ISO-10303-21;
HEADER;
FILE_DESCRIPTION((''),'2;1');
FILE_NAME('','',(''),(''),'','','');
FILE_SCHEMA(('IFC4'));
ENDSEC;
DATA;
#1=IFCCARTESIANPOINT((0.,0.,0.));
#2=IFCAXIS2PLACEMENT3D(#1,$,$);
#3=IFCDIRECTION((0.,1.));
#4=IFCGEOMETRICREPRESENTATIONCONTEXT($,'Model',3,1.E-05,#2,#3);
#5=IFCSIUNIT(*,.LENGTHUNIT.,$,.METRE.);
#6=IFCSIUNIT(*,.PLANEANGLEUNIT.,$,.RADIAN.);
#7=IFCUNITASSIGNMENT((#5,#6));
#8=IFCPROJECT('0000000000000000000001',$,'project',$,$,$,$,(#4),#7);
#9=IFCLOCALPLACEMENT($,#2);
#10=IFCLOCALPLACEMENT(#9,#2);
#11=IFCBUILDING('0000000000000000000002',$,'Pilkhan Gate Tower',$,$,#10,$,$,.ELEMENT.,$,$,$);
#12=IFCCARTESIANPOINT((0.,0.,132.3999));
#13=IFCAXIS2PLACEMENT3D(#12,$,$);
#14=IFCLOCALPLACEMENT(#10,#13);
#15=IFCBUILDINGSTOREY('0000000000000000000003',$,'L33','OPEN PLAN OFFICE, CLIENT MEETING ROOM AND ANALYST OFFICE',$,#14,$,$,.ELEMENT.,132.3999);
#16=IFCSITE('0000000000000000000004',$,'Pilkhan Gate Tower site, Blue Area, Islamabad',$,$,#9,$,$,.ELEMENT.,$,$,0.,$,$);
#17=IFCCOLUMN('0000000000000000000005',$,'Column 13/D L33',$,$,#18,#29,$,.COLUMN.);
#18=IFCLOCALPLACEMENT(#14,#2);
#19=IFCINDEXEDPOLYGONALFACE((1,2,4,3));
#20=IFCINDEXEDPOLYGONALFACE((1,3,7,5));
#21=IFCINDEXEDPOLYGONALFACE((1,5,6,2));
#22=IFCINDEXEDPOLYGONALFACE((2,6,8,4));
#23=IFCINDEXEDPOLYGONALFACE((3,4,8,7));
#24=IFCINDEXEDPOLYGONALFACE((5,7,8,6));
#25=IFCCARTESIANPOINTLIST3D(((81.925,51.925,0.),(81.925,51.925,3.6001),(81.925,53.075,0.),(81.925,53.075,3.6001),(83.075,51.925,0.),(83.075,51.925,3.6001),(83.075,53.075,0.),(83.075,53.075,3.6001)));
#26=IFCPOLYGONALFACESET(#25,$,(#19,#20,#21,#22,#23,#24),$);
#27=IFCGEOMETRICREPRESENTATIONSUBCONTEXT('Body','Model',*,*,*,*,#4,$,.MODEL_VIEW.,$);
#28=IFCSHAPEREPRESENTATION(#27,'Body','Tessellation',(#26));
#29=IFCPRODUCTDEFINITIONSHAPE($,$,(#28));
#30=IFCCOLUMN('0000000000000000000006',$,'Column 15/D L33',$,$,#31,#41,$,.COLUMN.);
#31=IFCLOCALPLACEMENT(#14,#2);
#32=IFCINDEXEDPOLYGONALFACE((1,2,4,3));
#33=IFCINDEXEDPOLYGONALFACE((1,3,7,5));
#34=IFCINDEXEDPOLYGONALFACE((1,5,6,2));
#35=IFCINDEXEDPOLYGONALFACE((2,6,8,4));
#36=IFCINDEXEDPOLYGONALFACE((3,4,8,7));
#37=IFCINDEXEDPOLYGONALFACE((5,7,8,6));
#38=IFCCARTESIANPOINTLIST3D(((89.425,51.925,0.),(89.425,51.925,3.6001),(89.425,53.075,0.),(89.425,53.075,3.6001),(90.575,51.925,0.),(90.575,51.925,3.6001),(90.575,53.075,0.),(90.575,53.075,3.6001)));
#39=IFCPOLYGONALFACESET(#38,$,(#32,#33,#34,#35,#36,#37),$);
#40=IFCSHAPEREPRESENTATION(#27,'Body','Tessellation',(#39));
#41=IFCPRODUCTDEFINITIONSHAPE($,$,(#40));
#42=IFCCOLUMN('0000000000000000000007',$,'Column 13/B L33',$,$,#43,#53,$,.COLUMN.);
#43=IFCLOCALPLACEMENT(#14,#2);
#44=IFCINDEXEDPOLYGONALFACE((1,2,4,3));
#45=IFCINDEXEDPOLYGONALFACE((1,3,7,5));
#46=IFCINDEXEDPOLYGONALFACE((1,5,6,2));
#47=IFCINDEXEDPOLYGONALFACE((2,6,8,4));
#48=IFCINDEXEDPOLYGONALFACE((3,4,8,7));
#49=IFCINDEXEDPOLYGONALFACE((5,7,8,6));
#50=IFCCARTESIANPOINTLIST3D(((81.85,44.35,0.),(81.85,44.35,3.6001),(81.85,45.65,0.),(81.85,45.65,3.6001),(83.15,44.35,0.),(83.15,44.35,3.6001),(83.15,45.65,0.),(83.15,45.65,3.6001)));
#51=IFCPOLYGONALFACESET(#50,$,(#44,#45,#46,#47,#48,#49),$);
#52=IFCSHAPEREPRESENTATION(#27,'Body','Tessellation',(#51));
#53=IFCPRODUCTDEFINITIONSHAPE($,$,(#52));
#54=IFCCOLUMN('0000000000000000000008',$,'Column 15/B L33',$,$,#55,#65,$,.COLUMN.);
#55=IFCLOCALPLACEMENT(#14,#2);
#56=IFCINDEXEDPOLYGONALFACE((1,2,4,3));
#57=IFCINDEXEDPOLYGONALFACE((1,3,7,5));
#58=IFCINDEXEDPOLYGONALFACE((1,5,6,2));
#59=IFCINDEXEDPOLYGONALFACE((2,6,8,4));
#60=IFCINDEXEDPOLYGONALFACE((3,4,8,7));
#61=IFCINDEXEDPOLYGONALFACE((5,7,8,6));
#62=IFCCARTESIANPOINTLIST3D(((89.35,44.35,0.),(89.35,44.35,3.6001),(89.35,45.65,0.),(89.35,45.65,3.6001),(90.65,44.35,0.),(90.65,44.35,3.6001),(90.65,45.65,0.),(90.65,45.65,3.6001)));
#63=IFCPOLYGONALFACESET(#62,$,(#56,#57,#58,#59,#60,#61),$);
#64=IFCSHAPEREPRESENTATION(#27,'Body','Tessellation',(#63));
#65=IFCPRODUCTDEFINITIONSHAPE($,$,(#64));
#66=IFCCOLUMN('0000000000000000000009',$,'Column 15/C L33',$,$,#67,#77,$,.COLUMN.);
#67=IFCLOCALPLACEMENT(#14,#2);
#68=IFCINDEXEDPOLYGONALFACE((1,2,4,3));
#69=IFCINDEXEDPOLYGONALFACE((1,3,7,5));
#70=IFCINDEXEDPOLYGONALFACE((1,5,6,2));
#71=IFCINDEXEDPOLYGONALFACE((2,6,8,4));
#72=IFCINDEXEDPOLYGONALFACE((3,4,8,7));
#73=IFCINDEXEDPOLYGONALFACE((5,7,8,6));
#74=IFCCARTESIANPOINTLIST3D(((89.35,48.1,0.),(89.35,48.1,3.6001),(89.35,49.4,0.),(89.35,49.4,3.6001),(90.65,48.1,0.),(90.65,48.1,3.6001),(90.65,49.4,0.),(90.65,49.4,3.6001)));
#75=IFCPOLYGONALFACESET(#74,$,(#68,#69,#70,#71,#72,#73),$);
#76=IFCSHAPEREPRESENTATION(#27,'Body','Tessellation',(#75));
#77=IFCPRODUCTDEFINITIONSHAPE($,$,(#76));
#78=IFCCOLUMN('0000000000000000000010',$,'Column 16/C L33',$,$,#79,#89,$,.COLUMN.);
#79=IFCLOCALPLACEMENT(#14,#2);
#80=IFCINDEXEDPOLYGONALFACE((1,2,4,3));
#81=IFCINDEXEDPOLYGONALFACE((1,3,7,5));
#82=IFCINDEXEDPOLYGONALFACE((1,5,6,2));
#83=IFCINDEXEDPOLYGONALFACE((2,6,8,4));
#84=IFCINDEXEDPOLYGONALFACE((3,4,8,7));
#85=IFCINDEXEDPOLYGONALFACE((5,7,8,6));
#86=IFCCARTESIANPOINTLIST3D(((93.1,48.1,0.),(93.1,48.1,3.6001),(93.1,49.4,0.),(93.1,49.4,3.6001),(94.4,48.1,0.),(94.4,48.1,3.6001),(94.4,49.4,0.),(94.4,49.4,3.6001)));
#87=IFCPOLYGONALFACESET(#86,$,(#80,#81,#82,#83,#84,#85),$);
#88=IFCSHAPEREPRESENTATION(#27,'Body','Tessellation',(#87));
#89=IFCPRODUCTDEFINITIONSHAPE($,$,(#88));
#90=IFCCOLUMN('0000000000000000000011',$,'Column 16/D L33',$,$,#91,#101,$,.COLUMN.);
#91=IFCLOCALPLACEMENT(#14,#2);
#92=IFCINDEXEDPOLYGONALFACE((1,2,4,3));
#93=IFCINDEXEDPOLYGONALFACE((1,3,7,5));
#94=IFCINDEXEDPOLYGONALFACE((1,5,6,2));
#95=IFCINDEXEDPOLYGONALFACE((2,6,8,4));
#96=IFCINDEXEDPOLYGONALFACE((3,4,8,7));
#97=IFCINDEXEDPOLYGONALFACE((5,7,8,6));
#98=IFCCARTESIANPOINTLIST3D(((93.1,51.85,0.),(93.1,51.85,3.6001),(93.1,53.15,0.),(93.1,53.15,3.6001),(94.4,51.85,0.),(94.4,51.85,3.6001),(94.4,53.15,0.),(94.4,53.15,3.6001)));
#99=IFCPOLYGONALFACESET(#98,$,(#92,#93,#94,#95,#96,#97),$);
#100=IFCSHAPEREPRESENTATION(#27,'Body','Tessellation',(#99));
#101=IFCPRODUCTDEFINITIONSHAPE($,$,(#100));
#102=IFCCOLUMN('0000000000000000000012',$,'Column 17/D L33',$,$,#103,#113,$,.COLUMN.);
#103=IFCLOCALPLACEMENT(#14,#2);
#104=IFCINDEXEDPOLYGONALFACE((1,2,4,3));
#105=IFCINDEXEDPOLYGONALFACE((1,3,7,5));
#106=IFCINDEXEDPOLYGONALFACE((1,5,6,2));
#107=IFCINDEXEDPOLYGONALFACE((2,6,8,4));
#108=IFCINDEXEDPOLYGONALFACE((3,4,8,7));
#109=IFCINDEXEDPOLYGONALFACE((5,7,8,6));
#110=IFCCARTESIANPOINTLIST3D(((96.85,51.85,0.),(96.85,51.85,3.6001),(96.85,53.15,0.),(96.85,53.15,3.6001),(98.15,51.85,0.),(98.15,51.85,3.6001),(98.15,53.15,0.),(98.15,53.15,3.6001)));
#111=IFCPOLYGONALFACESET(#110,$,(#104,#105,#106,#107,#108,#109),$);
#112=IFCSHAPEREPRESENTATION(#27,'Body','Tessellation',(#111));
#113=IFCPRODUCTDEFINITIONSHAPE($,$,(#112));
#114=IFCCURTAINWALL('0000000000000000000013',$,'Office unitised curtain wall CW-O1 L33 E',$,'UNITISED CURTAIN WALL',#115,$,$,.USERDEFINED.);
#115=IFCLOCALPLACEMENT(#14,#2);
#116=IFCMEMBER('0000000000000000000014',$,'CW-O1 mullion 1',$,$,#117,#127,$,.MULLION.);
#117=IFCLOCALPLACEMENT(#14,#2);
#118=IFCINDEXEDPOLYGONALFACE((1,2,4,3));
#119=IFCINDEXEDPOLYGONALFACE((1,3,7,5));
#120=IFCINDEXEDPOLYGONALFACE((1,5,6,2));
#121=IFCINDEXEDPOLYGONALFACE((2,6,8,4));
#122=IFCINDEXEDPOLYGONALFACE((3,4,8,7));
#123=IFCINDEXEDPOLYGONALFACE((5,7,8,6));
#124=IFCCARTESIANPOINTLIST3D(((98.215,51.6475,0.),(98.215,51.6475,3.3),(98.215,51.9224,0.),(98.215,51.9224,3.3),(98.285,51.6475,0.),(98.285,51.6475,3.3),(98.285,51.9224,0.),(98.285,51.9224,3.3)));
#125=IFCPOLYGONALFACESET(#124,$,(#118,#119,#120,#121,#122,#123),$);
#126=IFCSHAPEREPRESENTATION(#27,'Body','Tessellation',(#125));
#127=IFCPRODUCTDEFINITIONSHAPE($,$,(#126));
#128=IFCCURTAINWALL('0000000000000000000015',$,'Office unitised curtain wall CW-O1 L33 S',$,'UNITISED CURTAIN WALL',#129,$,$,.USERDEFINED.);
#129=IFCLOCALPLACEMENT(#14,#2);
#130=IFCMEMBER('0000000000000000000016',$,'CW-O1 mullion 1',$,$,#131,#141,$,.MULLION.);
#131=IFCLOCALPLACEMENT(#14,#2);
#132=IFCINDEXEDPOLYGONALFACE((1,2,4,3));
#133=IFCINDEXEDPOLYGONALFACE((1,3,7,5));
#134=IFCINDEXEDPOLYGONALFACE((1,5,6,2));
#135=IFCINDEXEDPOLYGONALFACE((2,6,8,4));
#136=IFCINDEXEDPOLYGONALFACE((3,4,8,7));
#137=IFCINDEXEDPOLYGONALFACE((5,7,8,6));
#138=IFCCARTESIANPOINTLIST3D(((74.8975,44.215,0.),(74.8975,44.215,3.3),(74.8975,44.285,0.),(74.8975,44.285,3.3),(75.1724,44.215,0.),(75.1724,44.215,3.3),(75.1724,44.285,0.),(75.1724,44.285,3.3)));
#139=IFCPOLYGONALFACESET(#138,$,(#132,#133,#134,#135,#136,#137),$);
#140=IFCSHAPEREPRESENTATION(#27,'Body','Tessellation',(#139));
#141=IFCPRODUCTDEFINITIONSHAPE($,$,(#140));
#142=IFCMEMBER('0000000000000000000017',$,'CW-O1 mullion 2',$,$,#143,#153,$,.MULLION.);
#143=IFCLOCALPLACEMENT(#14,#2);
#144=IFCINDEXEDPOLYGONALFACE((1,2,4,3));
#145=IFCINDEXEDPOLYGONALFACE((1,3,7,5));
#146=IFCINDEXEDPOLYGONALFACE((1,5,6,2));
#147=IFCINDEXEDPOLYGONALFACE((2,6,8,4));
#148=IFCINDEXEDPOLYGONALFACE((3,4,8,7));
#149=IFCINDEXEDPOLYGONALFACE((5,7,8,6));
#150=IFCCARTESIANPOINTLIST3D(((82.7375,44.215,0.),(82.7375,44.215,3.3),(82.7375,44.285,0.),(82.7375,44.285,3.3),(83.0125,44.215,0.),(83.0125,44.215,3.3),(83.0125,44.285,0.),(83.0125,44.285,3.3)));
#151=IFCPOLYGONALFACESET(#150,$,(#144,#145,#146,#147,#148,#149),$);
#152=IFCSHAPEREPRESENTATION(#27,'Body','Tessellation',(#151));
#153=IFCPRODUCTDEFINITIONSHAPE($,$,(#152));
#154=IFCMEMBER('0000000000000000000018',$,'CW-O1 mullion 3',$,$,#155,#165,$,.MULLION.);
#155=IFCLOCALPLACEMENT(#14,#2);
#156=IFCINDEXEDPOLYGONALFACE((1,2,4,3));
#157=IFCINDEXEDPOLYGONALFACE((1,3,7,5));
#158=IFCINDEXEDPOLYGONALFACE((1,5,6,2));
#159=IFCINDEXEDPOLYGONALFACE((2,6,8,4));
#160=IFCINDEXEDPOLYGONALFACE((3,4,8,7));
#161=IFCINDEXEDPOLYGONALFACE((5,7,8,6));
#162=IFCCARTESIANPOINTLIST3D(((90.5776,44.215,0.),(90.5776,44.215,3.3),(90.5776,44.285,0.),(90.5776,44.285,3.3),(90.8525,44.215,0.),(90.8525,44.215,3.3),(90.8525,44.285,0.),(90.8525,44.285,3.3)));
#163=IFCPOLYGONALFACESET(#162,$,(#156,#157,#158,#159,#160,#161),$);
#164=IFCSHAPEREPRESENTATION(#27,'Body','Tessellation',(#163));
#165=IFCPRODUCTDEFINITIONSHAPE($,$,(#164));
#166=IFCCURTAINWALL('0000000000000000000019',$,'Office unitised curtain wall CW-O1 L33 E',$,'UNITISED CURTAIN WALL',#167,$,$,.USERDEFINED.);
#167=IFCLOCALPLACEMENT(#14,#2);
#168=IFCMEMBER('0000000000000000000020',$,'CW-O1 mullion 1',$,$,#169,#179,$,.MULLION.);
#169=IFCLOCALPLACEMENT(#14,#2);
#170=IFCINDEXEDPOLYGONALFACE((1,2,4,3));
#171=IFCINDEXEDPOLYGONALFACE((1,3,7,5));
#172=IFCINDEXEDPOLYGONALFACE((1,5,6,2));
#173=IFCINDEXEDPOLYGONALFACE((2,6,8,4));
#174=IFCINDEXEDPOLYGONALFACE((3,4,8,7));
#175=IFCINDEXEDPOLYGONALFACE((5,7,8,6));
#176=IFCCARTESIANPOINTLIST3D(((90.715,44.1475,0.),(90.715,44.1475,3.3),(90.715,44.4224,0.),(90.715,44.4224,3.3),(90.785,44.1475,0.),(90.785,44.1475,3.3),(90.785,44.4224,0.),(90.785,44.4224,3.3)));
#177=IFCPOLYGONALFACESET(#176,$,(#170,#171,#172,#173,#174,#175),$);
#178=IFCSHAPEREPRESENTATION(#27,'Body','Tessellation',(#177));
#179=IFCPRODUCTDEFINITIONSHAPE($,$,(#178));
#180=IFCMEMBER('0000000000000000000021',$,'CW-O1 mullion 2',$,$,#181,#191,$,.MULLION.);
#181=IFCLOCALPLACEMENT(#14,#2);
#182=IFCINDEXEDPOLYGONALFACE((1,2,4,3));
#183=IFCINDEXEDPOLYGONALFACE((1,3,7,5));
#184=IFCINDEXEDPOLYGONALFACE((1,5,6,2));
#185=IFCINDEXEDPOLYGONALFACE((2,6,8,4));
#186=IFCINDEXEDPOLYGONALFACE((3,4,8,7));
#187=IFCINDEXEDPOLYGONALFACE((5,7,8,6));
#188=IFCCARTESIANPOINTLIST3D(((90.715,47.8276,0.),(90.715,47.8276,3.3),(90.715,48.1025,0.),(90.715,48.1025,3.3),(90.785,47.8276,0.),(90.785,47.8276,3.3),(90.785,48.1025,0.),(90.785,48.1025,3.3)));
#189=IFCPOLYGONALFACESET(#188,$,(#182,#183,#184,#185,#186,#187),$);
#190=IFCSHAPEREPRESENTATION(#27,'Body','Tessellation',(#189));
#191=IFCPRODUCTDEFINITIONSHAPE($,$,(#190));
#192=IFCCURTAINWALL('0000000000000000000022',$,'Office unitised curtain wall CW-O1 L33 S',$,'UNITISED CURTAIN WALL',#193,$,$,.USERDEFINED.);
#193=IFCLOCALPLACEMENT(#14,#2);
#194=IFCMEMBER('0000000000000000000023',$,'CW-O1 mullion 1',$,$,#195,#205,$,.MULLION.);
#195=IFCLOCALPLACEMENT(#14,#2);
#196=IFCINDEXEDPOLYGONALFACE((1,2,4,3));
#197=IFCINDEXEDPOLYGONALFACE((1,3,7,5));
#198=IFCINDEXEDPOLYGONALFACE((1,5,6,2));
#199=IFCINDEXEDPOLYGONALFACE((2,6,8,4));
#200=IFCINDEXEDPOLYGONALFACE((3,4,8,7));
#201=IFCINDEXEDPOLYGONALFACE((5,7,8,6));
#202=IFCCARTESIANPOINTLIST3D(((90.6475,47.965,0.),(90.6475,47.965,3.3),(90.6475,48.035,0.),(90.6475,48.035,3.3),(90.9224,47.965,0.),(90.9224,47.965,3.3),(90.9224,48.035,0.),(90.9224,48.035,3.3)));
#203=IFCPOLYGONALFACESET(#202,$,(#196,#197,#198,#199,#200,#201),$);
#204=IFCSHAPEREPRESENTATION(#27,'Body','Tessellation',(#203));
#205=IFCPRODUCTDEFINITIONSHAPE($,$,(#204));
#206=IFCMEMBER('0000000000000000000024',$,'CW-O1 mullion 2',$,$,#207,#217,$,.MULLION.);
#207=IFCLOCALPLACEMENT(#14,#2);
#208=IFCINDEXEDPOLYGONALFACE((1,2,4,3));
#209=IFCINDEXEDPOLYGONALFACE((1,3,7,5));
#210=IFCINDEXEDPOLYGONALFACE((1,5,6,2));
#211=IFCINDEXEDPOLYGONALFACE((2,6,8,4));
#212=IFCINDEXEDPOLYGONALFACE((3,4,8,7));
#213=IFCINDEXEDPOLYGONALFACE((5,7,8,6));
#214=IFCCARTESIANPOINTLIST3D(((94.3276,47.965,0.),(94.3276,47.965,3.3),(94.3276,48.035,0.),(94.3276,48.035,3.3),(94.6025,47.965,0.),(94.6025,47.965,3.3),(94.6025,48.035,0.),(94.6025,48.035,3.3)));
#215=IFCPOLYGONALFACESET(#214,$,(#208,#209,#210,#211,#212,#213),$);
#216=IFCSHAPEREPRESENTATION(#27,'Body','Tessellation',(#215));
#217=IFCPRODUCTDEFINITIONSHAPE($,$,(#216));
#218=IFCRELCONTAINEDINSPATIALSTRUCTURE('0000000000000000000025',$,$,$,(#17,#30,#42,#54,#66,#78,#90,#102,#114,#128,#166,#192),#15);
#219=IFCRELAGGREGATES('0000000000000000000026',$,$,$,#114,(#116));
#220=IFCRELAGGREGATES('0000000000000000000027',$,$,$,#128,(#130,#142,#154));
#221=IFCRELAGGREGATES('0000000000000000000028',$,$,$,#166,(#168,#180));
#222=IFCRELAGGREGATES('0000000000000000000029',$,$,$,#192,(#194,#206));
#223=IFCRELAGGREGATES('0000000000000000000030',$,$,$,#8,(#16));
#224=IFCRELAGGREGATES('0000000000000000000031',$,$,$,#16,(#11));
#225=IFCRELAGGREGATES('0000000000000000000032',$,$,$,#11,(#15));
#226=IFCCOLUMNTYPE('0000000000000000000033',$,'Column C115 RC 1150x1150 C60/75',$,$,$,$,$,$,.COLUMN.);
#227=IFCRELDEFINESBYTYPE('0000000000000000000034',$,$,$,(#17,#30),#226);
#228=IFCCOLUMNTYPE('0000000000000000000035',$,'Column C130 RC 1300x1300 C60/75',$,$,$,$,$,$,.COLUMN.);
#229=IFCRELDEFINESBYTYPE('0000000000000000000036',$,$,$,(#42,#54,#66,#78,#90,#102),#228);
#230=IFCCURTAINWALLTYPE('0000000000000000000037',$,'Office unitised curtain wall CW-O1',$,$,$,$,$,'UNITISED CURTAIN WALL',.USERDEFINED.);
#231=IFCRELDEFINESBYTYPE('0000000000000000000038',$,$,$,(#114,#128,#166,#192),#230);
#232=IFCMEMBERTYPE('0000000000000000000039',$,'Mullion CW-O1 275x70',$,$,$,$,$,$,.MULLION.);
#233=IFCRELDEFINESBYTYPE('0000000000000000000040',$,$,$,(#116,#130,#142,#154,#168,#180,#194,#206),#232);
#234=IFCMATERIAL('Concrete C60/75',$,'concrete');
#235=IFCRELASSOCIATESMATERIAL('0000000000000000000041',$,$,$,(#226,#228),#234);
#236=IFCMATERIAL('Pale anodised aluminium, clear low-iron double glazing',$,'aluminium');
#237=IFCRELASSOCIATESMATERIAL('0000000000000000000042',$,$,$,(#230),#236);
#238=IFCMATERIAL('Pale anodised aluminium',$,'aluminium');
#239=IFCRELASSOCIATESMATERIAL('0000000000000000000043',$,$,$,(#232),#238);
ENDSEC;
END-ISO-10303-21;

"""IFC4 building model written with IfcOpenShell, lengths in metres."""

from ifc_helpers import new_model, si_unit, direction, frame, origin, origin_2d, place, context, subcontext, project, spatial, rectangle, extrude, material, material_profile, profile_set, type_object, element, aggregate, save


model = new_model("IFC4")

# Units and contexts
model_context = context("Model", 3, precision=1e-05, world=origin(), true_north=direction((0.0, 1.0)))
body_context = subcontext(model_context, "Body", "Model", "MODEL_VIEW")
ifc_project = project(units=[si_unit("LENGTHUNIT", "METRE"), si_unit("PLANEANGLEUNIT", "RADIAN")], contexts=[model_context])

# Site, building, storey
site_placement = place(None, origin())
site = spatial("IfcSite", under=ifc_project, at=site_placement, Name="Pilkhan Gate Tower site, Blue Area, Islamabad", CompositionType="ELEMENT", RefElevation=0.0)
building_placement = place(site_placement, origin())
building = spatial("IfcBuilding", under=site, at=building_placement, Name="Pilkhan Gate Tower", CompositionType="ELEMENT")
storey_placement = place(building_placement, frame((0.0, 0.0, 132.3999)))
storey = spatial("IfcBuildingStorey", under=building, at=storey_placement, Name="L33", Description="OPEN PLAN OFFICE, CLIENT MEETING ROOM AND ANALYST OFFICE", CompositionType="ELEMENT", Elevation=132.3999)

# Columns
ifc_material_1 = material(Name="Concrete C60/75", Category="concrete")
ifc_material_profile_1 = material_profile(ifc_material_1, rectangle(XDim=1.1499, YDim=1.1499, at=origin_2d()), Name="RC 1150x1150")
ifc_profile_set_1 = profile_set([ifc_material_profile_1], Name="Concrete C60/75")
column_type_1 = type_object("IfcColumnType", Name="Column C115 RC 1150x1150 C60/75", PredefinedType="COLUMN", material=ifc_profile_set_1)
for number, where, z_axis, x_axis, name in (
    (1, (82.5, 52.5, 0.0), (0.0, 0.0, 1.0), (1.0, 0.0, 0.0), "Column 13/D L33"),
    (2, (90.0, 52.5, 0.0), (0.0, 0.0, 1.0), (1.0, 0.0, 0.0), "Column 15/D L33"),
):
    element("IfcColumn", number, at=place(storey_placement, frame(where, z_axis=z_axis, x_axis=x_axis)), inside=storey, type_object=column_type_1, Name=name, PredefinedType="COLUMN", context=body_context, shape_type="SweptSolid", body=[
        extrude(rectangle(XDim=1.1499, YDim=1.1499, at=origin_2d()), origin(), (0.0, 0.0, 1.0), 3.6001),
    ])
ifc_material_profile_2 = material_profile(ifc_material_1, rectangle(XDim=1.3, YDim=1.3, at=origin_2d()), Name="RC 1300x1300")
ifc_profile_set_2 = profile_set([ifc_material_profile_2], Name="Concrete C60/75")
column_type_2 = type_object("IfcColumnType", Name="Column C130 RC 1300x1300 C60/75", PredefinedType="COLUMN", material=ifc_profile_set_2)
for number, where, z_axis, x_axis, name in (
    (3, (82.5, 45.0, 0.0), (0.0, 0.0, 1.0), (1.0, 0.0, 0.0), "Column 13/B L33"),
    (4, (90.0, 45.0, 0.0), (0.0, 0.0, 1.0), (1.0, 0.0, 0.0), "Column 15/B L33"),
    (5, (90.0, 48.75, 0.0), (0.0, 0.0, 1.0), (1.0, 0.0, 0.0), "Column 15/C L33"),
    (6, (93.75, 48.75, 0.0), (0.0, 0.0, 1.0), (1.0, 0.0, 0.0), "Column 16/C L33"),
    (7, (93.75, 52.5, 0.0), (0.0, 0.0, 1.0), (1.0, 0.0, 0.0), "Column 16/D L33"),
    (8, (97.5, 52.5, 0.0), (0.0, 0.0, 1.0), (1.0, 0.0, 0.0), "Column 17/D L33"),
):
    element("IfcColumn", number, at=place(storey_placement, frame(where, z_axis=z_axis, x_axis=x_axis)), inside=storey, type_object=column_type_2, Name=name, PredefinedType="COLUMN", context=body_context, shape_type="SweptSolid", body=[
        extrude(rectangle(XDim=1.3, YDim=1.3, at=origin_2d()), origin(), (0.0, 0.0, 1.0), 3.6001),
    ])

# Curtain wall, member
ifc_material_2 = material(Name="Pale anodised aluminium, clear low-iron double glazing", Category="aluminium")
curtain_wall_type = type_object("IfcCurtainWallType", Name="Office unitised curtain wall CW-O1", ElementType="UNITISED CURTAIN WALL", PredefinedType="USERDEFINED", material=ifc_material_2)
curtain_wall_1_placement = place(storey_placement, origin())
curtain_wall_1 = element("IfcCurtainWall", 9, at=curtain_wall_1_placement, inside=storey, type_object=curtain_wall_type, Name="Office unitised curtain wall CW-O1 L33 E", ObjectType="UNITISED CURTAIN WALL", PredefinedType="USERDEFINED")
ifc_material_3 = material(Name="Pale anodised aluminium", Category="aluminium")
ifc_material_profile_3 = material_profile(ifc_material_3, rectangle(XDim=0.0701, YDim=0.2749, at=origin_2d()), Name="Mullion 275x70")
ifc_profile_set_3 = profile_set([ifc_material_profile_3], Name="Pale anodised aluminium")
member_type_1 = type_object("IfcMemberType", Name="Mullion CW-O1 275x70", PredefinedType="MULLION", material=ifc_profile_set_3)
member_1_placement = place(storey_placement, frame((98.25, 51.7849, 0.0), z_axis=(0.0, 0.0, 1.0), x_axis=(-1.0, 0.0, 0.0)))
member_1 = element("IfcMember", 10, at=member_1_placement, type_object=member_type_1, Name="CW-O1 mullion 1", PredefinedType="MULLION", context=body_context, shape_type="SweptSolid", body=[
    extrude(rectangle(XDim=0.0701, YDim=0.2749, at=origin_2d()), origin(), (0.0, 0.0, 1.0), 3.3),
])

# Curtain walls, members
curtain_wall_2_placement = place(storey_placement, origin())
curtain_wall_2 = element("IfcCurtainWall", 11, at=curtain_wall_2_placement, inside=storey, type_object=curtain_wall_type, Name="Office unitised curtain wall CW-O1 L33 S", ObjectType="UNITISED CURTAIN WALL", PredefinedType="USERDEFINED")
member_2_placement = place(storey_placement, frame((75.0349, 44.25, 0.0), z_axis=(0.0, 0.0, 1.0), x_axis=(0.0, 1.0, 0.0)))
member_2 = element("IfcMember", 12, at=member_2_placement, type_object=member_type_1, Name="CW-O1 mullion 1", PredefinedType="MULLION", context=body_context, shape_type="SweptSolid", body=[
    extrude(rectangle(XDim=0.0701, YDim=0.2749, at=origin_2d()), origin(), (0.0, 0.0, 1.0), 3.3),
])
member_3_placement = place(storey_placement, frame((82.875, 44.25, 0.0), z_axis=(0.0, 0.0, 1.0), x_axis=(0.0, 1.0, 0.0)))
member_3 = element("IfcMember", 13, at=member_3_placement, type_object=member_type_1, Name="CW-O1 mullion 2", PredefinedType="MULLION", context=body_context, shape_type="SweptSolid", body=[
    extrude(rectangle(XDim=0.0701, YDim=0.2749, at=origin_2d()), origin(), (0.0, 0.0, 1.0), 3.3),
])
member_4_placement = place(storey_placement, frame((90.7151, 44.25, 0.0), z_axis=(0.0, 0.0, 1.0), x_axis=(0.0, 1.0, 0.0)))
member_4 = element("IfcMember", 14, at=member_4_placement, type_object=member_type_1, Name="CW-O1 mullion 3", PredefinedType="MULLION", context=body_context, shape_type="SweptSolid", body=[
    extrude(rectangle(XDim=0.0701, YDim=0.2749, at=origin_2d()), origin(), (0.0, 0.0, 1.0), 3.3),
])
curtain_wall_3_placement = place(storey_placement, origin())
curtain_wall_3 = element("IfcCurtainWall", 15, at=curtain_wall_3_placement, inside=storey, type_object=curtain_wall_type, Name="Office unitised curtain wall CW-O1 L33 E", ObjectType="UNITISED CURTAIN WALL", PredefinedType="USERDEFINED")
member_5_placement = place(storey_placement, frame((90.75, 44.2849, 0.0), z_axis=(0.0, 0.0, 1.0), x_axis=(-1.0, 0.0, 0.0)))
member_5 = element("IfcMember", 16, at=member_5_placement, type_object=member_type_1, Name="CW-O1 mullion 1", PredefinedType="MULLION", context=body_context, shape_type="SweptSolid", body=[
    extrude(rectangle(XDim=0.0701, YDim=0.2749, at=origin_2d()), origin(), (0.0, 0.0, 1.0), 3.3),
])
member_6_placement = place(storey_placement, frame((90.75, 47.9651, 0.0), z_axis=(0.0, 0.0, 1.0), x_axis=(-1.0, 0.0, 0.0)))
member_6 = element("IfcMember", 17, at=member_6_placement, type_object=member_type_1, Name="CW-O1 mullion 2", PredefinedType="MULLION", context=body_context, shape_type="SweptSolid", body=[
    extrude(rectangle(XDim=0.0701, YDim=0.2749, at=origin_2d()), origin(), (0.0, 0.0, 1.0), 3.3),
])
curtain_wall_4_placement = place(storey_placement, origin())
curtain_wall_4 = element("IfcCurtainWall", 18, at=curtain_wall_4_placement, inside=storey, type_object=curtain_wall_type, Name="Office unitised curtain wall CW-O1 L33 S", ObjectType="UNITISED CURTAIN WALL", PredefinedType="USERDEFINED")
member_7_placement = place(storey_placement, frame((90.7849, 48.0, 0.0), z_axis=(0.0, 0.0, 1.0), x_axis=(0.0, 1.0, 0.0)))
member_7 = element("IfcMember", 19, at=member_7_placement, type_object=member_type_1, Name="CW-O1 mullion 1", PredefinedType="MULLION", context=body_context, shape_type="SweptSolid", body=[
    extrude(rectangle(XDim=0.0701, YDim=0.2749, at=origin_2d()), origin(), (0.0, 0.0, 1.0), 3.3),
])
member_8_placement = place(storey_placement, frame((94.4651, 48.0, 0.0), z_axis=(0.0, 0.0, 1.0), x_axis=(0.0, 1.0, 0.0)))
member_8 = element("IfcMember", 20, at=member_8_placement, type_object=member_type_1, Name="CW-O1 mullion 2", PredefinedType="MULLION", context=body_context, shape_type="SweptSolid", body=[
    extrude(rectangle(XDim=0.0701, YDim=0.2749, at=origin_2d()), origin(), (0.0, 0.0, 1.0), 3.3),
])

aggregate(curtain_wall_1, [member_1])

aggregate(curtain_wall_2, [member_2, member_3, member_4])
aggregate(curtain_wall_3, [member_5, member_6])
aggregate(curtain_wall_4, [member_7, member_8])

save(model, "model.ifc")
